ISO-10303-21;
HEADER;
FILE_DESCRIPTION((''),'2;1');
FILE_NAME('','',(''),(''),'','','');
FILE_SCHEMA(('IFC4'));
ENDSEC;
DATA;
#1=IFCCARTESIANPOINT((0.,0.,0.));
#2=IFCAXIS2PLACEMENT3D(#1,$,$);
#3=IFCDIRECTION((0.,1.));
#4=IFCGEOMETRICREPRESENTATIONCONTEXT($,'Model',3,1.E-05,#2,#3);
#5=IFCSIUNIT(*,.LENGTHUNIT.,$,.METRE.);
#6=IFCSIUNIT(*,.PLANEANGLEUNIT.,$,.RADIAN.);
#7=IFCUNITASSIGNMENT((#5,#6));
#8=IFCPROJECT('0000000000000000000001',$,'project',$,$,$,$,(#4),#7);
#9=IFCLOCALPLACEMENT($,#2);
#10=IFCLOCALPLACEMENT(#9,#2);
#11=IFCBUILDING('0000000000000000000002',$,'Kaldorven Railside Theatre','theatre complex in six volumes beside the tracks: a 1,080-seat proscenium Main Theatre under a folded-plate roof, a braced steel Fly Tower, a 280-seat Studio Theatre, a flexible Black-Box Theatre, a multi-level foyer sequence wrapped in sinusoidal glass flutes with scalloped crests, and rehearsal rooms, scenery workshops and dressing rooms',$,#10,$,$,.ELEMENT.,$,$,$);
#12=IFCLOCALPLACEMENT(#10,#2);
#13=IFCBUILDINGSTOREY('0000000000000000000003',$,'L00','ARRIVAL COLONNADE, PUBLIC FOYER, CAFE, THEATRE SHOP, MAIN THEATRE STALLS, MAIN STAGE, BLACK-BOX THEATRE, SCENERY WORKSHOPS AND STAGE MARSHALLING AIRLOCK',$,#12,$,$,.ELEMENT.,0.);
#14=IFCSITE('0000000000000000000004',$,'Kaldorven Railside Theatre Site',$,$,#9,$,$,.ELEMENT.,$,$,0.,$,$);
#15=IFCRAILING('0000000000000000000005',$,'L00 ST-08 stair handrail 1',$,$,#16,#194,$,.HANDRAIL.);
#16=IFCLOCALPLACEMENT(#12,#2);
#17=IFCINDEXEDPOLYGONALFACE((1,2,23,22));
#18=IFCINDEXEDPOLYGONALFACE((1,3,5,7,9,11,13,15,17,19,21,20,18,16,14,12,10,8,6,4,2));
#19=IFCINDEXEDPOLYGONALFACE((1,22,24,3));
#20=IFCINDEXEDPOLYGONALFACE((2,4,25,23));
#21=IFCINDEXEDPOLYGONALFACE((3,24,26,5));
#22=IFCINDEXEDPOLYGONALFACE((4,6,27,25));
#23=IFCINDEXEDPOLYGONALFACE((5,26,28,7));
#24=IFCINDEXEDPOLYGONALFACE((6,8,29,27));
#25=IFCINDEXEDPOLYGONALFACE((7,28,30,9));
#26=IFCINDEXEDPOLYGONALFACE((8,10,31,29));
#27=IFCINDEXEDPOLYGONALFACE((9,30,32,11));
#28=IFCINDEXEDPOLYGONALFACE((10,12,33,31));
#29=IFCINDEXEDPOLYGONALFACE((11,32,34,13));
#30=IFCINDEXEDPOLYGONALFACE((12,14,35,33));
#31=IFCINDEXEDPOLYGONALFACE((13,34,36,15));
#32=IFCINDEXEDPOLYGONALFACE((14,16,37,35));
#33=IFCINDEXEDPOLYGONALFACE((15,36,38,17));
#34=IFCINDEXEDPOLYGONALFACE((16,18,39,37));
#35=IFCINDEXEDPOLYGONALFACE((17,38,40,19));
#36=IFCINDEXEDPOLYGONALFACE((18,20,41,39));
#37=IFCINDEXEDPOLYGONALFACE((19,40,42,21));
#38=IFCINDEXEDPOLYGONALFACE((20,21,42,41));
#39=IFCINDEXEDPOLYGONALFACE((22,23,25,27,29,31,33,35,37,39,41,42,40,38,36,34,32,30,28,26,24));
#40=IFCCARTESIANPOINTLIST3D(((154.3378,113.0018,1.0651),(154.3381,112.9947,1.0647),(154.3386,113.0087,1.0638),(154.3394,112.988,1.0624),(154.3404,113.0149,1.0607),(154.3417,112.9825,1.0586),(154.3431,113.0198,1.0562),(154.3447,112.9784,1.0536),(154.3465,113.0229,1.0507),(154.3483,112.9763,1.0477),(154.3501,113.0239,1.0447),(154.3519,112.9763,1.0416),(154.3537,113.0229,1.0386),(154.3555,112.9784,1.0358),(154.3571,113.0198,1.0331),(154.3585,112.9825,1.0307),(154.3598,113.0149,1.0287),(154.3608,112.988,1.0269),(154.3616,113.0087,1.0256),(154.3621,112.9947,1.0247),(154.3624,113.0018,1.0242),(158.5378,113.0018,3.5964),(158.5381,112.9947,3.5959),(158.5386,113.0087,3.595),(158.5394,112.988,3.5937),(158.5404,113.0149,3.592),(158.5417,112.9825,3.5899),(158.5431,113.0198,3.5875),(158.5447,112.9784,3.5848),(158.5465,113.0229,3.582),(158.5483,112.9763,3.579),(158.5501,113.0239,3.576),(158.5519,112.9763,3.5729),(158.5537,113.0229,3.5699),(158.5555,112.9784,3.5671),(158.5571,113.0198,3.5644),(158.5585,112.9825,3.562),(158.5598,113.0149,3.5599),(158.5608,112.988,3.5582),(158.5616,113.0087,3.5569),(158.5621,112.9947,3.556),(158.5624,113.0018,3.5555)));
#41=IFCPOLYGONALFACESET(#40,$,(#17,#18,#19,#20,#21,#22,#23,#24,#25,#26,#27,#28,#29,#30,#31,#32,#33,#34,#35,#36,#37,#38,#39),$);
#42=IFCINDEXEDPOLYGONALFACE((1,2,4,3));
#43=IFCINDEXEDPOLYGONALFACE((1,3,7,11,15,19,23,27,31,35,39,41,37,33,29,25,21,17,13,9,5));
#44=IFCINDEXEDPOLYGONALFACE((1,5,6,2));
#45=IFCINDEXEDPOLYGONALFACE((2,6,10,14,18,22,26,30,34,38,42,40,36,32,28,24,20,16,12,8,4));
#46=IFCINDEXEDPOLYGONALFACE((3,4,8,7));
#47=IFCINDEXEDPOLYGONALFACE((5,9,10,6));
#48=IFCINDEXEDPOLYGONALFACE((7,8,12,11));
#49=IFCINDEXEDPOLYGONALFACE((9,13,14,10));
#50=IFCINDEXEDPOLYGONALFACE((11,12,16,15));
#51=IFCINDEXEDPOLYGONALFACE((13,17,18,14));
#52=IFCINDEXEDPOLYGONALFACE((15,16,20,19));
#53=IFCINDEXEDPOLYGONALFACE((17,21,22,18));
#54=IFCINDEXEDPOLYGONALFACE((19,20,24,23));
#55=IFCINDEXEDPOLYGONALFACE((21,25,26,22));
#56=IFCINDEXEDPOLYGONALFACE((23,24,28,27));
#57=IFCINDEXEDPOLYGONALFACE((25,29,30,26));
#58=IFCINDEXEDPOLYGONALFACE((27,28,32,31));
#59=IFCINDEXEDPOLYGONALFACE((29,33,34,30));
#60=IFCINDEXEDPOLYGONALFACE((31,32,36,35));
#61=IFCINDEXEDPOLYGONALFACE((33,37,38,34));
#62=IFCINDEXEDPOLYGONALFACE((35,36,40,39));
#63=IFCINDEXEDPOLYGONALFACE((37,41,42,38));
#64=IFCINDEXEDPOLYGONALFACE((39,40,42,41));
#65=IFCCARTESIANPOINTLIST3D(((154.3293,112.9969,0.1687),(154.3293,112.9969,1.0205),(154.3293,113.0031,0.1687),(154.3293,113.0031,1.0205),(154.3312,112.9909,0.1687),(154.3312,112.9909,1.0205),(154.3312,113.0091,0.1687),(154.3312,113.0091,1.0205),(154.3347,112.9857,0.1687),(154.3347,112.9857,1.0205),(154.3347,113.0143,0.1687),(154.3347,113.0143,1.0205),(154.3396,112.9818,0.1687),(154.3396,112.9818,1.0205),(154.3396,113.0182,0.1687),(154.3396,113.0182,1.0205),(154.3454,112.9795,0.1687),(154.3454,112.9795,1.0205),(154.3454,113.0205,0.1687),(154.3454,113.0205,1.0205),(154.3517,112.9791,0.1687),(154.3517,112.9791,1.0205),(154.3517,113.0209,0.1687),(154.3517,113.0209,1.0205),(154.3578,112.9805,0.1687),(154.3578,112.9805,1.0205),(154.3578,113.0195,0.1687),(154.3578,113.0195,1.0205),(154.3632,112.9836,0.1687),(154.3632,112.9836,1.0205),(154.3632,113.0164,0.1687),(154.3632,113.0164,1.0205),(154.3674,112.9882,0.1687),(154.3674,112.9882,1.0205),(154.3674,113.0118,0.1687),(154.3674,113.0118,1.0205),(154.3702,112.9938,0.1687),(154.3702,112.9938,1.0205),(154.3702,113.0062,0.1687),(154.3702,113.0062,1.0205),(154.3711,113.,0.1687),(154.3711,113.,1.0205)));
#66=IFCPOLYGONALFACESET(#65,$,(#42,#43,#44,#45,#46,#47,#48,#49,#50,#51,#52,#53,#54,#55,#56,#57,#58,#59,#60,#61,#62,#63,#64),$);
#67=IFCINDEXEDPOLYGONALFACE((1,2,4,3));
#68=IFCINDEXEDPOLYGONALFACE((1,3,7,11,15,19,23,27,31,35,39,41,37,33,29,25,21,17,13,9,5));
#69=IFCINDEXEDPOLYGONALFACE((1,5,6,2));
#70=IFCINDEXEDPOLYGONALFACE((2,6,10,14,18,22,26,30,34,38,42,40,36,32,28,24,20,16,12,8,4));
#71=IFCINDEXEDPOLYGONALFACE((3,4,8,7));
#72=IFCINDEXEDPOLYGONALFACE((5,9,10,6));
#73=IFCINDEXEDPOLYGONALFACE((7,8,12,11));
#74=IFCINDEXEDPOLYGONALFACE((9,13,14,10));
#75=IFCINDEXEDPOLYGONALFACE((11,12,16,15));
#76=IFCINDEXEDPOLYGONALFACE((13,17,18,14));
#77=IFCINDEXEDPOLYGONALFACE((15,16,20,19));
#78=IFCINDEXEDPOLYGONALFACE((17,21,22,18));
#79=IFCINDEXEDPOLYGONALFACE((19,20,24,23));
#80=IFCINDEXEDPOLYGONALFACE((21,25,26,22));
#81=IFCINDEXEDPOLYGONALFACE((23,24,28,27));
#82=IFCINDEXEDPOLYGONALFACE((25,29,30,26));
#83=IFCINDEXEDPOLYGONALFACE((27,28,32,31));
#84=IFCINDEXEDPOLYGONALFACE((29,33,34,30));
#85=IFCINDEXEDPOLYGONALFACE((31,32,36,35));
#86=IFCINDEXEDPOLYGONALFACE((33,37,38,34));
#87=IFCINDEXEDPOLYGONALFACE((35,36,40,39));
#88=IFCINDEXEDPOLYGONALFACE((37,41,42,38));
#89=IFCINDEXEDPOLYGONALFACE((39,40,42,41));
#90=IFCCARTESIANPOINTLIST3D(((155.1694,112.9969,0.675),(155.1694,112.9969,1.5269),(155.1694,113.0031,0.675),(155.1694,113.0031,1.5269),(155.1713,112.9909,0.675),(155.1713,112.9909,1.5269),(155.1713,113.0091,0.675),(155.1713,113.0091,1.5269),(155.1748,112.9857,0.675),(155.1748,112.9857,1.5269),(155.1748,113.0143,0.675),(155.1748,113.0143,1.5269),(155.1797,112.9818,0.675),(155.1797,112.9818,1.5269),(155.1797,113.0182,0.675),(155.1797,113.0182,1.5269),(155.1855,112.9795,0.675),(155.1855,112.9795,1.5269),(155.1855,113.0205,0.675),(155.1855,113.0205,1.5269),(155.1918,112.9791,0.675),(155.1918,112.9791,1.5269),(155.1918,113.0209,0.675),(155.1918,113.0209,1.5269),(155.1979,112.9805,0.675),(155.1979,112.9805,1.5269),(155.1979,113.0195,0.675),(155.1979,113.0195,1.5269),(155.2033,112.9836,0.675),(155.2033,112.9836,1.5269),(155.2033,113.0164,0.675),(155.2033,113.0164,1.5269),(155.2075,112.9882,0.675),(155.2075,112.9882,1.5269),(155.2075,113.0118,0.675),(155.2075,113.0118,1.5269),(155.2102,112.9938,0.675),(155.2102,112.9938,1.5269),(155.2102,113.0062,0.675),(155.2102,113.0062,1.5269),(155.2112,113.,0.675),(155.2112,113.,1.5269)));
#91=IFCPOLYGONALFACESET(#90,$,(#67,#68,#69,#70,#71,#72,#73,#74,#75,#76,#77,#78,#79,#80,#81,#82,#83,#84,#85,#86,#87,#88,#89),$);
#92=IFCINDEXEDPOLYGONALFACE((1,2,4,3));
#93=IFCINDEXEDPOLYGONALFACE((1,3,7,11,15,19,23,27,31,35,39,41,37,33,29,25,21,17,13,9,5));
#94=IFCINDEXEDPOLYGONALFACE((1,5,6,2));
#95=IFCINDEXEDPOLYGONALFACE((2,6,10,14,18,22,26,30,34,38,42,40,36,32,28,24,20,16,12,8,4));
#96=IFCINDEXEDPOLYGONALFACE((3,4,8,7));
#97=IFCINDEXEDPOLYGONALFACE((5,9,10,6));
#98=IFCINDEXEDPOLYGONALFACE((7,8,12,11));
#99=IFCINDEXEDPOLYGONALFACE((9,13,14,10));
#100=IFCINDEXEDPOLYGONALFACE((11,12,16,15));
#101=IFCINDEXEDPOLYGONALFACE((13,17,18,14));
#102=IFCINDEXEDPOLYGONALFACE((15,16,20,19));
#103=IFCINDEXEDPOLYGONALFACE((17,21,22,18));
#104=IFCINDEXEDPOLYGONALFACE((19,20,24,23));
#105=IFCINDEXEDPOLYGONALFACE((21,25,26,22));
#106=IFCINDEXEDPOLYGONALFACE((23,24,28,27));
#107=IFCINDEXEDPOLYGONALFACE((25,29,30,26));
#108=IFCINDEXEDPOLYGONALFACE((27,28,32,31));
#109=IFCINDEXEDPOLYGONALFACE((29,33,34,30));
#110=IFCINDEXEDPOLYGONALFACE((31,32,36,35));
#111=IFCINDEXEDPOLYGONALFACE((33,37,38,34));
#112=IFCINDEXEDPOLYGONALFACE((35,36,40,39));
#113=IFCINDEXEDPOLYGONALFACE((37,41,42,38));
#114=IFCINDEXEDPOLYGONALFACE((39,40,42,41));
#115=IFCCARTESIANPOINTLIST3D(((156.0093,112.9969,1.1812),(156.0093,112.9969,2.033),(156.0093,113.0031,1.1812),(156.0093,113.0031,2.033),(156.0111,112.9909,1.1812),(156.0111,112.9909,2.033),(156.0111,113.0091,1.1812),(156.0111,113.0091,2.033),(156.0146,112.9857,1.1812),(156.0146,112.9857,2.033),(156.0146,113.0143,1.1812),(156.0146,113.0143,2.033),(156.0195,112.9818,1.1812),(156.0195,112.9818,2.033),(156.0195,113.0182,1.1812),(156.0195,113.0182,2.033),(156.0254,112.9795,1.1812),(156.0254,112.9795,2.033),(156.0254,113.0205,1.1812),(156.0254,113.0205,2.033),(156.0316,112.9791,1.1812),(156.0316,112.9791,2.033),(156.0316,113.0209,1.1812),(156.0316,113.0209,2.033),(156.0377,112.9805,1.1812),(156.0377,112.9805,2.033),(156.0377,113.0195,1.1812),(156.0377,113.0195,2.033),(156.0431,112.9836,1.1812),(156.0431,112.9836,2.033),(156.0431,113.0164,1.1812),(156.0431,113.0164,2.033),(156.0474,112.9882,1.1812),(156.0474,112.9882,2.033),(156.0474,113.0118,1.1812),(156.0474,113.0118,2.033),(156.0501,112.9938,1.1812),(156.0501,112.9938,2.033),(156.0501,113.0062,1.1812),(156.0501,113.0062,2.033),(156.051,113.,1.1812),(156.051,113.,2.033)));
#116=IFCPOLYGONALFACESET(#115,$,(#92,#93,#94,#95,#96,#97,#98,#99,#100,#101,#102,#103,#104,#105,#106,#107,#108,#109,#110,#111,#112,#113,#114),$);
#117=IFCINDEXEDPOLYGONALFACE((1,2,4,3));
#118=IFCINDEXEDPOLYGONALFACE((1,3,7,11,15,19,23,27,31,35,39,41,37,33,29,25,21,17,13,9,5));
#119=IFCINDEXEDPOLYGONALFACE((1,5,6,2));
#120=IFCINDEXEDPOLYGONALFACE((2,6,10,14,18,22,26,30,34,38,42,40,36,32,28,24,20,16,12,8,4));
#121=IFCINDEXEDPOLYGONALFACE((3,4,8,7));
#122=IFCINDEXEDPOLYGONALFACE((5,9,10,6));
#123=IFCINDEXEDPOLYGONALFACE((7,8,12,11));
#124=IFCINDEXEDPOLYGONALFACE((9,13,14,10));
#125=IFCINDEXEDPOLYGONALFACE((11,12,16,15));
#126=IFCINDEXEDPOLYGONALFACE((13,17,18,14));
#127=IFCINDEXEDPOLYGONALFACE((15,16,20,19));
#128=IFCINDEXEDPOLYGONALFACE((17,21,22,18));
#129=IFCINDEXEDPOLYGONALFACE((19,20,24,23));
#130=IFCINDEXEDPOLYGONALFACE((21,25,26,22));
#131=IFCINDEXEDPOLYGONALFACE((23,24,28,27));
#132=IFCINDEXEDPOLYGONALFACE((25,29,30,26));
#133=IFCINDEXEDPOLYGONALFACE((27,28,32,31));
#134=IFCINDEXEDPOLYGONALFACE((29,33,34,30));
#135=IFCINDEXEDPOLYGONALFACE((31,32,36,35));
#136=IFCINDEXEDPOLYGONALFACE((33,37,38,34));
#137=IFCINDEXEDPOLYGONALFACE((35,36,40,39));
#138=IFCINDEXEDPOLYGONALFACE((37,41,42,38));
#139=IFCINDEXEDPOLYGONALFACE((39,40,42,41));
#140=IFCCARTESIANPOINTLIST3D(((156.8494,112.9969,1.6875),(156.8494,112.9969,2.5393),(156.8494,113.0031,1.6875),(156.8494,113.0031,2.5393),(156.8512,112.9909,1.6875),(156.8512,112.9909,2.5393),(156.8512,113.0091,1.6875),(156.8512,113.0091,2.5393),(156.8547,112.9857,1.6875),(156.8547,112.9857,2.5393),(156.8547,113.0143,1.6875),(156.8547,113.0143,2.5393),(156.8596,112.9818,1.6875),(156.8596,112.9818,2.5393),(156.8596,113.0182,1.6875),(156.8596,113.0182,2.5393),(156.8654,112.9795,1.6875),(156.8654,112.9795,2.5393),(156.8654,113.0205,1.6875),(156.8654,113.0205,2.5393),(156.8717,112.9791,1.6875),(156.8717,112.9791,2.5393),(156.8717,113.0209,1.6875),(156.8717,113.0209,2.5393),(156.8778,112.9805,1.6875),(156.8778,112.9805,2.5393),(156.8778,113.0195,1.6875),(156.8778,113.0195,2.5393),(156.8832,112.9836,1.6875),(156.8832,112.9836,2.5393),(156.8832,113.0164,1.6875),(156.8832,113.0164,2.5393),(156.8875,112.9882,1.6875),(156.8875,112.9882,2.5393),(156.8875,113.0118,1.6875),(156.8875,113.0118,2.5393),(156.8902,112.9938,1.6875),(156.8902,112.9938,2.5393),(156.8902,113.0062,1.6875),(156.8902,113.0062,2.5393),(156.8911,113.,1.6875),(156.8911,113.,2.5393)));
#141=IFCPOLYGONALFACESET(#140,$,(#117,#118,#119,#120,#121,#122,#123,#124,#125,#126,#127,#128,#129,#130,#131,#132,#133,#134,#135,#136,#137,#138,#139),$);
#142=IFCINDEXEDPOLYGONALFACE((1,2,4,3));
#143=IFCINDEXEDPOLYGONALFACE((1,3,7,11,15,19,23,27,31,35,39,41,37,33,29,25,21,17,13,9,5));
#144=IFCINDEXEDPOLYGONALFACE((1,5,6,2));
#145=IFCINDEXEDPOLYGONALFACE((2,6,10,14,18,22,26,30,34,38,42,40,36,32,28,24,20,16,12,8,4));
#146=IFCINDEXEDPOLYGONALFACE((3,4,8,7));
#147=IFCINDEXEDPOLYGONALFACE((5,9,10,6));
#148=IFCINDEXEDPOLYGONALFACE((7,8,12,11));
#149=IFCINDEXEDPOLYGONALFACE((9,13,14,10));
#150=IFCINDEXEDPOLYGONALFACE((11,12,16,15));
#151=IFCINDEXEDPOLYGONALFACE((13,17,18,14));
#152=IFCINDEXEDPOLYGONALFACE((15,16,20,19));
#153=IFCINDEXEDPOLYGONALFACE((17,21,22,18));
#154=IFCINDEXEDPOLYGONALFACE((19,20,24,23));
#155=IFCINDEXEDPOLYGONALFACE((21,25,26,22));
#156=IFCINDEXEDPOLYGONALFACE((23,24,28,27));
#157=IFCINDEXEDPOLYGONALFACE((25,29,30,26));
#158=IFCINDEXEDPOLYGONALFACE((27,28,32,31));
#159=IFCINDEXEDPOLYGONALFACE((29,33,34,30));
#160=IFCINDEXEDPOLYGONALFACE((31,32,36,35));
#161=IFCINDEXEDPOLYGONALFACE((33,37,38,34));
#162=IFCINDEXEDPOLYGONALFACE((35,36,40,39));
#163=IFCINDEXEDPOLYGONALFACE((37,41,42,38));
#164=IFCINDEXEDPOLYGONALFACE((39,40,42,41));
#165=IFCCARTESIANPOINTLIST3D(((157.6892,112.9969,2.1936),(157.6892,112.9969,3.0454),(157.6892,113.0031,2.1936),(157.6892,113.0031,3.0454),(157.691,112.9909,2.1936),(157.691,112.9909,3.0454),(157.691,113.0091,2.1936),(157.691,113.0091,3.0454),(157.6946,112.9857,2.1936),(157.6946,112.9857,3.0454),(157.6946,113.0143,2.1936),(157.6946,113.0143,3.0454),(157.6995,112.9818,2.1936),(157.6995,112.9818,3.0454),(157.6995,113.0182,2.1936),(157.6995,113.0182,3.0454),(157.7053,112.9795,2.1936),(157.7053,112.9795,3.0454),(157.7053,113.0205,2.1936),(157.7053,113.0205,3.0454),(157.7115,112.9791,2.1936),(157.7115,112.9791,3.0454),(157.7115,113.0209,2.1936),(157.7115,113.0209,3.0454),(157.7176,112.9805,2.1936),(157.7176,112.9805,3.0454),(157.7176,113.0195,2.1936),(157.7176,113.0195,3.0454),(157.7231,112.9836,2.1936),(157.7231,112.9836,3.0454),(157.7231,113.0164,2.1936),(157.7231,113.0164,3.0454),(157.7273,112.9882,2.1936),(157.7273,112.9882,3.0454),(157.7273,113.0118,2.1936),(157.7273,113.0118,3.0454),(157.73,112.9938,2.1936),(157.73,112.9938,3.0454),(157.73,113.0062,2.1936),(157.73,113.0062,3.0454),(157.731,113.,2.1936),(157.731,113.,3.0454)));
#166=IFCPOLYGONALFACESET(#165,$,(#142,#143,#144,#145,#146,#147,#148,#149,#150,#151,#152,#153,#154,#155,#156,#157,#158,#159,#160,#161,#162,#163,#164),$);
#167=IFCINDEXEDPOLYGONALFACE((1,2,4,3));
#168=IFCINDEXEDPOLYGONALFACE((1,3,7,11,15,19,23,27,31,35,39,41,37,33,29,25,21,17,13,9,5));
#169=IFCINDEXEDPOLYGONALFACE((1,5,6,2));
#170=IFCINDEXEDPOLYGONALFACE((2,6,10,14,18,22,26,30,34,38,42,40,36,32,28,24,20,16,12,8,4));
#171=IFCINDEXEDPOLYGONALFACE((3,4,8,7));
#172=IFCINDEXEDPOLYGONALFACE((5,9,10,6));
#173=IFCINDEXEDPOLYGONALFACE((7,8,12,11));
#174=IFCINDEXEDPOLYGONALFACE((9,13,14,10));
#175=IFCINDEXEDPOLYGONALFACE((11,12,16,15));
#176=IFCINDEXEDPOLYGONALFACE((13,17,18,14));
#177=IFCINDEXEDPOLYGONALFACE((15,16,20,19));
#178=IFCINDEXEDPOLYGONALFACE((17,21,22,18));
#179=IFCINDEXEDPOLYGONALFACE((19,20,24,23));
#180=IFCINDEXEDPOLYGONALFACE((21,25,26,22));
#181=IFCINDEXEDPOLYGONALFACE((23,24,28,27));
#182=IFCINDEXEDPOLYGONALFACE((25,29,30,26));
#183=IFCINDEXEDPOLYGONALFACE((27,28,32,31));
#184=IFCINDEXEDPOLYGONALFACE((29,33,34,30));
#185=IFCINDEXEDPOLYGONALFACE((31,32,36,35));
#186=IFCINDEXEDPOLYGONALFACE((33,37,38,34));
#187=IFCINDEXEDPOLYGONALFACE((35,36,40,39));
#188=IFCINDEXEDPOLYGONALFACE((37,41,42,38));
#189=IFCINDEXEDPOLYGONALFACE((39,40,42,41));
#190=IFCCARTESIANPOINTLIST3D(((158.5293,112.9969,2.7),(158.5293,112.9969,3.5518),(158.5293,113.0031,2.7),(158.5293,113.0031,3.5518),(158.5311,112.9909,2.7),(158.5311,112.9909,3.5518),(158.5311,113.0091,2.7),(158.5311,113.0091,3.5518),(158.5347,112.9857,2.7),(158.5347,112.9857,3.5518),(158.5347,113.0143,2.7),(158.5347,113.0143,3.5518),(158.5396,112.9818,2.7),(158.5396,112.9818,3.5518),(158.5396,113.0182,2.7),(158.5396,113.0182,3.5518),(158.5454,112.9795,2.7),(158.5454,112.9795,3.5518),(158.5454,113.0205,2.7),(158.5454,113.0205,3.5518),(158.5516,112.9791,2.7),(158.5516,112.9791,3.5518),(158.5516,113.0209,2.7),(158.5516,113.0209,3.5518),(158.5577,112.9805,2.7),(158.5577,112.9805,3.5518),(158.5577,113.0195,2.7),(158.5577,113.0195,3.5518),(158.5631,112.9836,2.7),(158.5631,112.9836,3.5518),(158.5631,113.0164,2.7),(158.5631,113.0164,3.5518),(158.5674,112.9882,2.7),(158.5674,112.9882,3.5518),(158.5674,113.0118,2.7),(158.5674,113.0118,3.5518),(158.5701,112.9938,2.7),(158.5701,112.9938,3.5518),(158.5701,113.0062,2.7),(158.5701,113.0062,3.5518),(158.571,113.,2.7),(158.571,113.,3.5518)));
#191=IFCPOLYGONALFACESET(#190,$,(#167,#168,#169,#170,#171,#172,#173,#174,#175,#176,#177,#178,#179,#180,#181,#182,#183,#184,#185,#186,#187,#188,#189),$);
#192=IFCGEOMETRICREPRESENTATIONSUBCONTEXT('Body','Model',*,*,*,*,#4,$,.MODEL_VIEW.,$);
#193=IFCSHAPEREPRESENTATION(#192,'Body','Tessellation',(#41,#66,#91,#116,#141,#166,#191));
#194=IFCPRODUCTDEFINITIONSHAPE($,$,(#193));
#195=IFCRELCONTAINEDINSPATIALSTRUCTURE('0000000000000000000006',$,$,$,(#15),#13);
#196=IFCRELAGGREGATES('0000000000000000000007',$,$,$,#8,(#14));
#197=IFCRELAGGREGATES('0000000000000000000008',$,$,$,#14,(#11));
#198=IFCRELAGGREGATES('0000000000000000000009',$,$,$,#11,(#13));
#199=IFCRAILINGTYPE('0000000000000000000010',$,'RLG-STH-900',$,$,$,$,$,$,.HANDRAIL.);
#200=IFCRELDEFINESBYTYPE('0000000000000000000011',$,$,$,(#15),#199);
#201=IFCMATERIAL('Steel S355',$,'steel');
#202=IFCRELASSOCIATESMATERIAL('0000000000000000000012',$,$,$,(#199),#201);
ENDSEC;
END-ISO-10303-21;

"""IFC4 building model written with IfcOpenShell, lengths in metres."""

from ifc_helpers import new_model, si_unit, direction, frame, origin, origin_2d, place, context, subcontext, project, spatial, circle, extrude, material, type_object, element, save


model = new_model("IFC4")

# Units and contexts
model_context = context("Model", 3, precision=1e-05, world=origin(), true_north=direction((0.0, 1.0)))
body_context = subcontext(model_context, "Body", "Model", "MODEL_VIEW")
ifc_project = project(units=[si_unit("LENGTHUNIT", "METRE"), si_unit("PLANEANGLEUNIT", "RADIAN")], contexts=[model_context])

# Site, building, storey
site_placement = place(None, origin())
site = spatial("IfcSite", under=ifc_project, at=site_placement, Name="Kaldorven Railside Theatre Site", CompositionType="ELEMENT", RefElevation=0.0)
building_placement = place(site_placement, origin())
building = spatial("IfcBuilding", under=site, at=building_placement, Name="Kaldorven Railside Theatre", Description="theatre complex in six volumes beside the tracks: a 1,080-seat proscenium Main Theatre under a folded-plate roof, a braced steel Fly Tower, a 280-seat Studio Theatre, a flexible Black-Box Theatre, a multi-level foyer sequence wrapped in sinusoidal glass flutes with scalloped crests, and rehearsal rooms, scenery workshops and dressing rooms", CompositionType="ELEMENT")
storey_placement = place(building_placement, origin())
storey = spatial("IfcBuildingStorey", under=building, at=storey_placement, Name="L00", Description="ARRIVAL COLONNADE, PUBLIC FOYER, CAFE, THEATRE SHOP, MAIN THEATRE STALLS, MAIN STAGE, BLACK-BOX THEATRE, SCENERY WORKSHOPS AND STAGE MARSHALLING AIRLOCK", CompositionType="ELEMENT", Elevation=0.0)

# Railing
ifc_material_1 = material(Name="Steel S355", Category="steel")
railing_type_1 = type_object("IfcRailingType", Name="RLG-STH-900", PredefinedType="HANDRAIL", material=ifc_material_1)
railing_1_placement = place(storey_placement, frame((154.3501, 113.0, 0.1687)))
element("IfcRailing", 1, at=railing_1_placement, inside=storey, type_object=railing_type_1, Name="L00 ST-08 stair handrail 1", PredefinedType="HANDRAIL", context=body_context, shape_type="SweptSolid", body=[
    extrude(circle(Radius=0.0239, at=origin_2d()), frame((0.0, 0.0, 0.876), z_axis=(0.856476, 0.0, 0.516186), x_axis=(0.0, 1.0, 0.0)), (0.0, 0.0, 1.0), 4.9038),
    extrude(circle(Radius=0.021, at=origin_2d()), origin(), (0.0, 0.0, 1.0), 0.8518),
    extrude(circle(Radius=0.021, at=origin_2d()), frame((0.8401, 0.0, 0.5063)), (0.0, 0.0, 1.0), 0.8518),
    extrude(circle(Radius=0.021, at=origin_2d()), frame((1.6799, 0.0, 1.0125)), (0.0, 0.0, 1.0), 0.8518),
    extrude(circle(Radius=0.021, at=origin_2d()), frame((2.52, 0.0, 1.5188)), (0.0, 0.0, 1.0), 0.8518),
    extrude(circle(Radius=0.021, at=origin_2d()), frame((3.3599, 0.0, 2.0249)), (0.0, 0.0, 1.0), 0.8518),
    extrude(circle(Radius=0.021, at=origin_2d()), frame((4.2, 0.0, 2.5312)), (0.0, 0.0, 1.0), 0.8518),
])

save(model, "model.ifc")
